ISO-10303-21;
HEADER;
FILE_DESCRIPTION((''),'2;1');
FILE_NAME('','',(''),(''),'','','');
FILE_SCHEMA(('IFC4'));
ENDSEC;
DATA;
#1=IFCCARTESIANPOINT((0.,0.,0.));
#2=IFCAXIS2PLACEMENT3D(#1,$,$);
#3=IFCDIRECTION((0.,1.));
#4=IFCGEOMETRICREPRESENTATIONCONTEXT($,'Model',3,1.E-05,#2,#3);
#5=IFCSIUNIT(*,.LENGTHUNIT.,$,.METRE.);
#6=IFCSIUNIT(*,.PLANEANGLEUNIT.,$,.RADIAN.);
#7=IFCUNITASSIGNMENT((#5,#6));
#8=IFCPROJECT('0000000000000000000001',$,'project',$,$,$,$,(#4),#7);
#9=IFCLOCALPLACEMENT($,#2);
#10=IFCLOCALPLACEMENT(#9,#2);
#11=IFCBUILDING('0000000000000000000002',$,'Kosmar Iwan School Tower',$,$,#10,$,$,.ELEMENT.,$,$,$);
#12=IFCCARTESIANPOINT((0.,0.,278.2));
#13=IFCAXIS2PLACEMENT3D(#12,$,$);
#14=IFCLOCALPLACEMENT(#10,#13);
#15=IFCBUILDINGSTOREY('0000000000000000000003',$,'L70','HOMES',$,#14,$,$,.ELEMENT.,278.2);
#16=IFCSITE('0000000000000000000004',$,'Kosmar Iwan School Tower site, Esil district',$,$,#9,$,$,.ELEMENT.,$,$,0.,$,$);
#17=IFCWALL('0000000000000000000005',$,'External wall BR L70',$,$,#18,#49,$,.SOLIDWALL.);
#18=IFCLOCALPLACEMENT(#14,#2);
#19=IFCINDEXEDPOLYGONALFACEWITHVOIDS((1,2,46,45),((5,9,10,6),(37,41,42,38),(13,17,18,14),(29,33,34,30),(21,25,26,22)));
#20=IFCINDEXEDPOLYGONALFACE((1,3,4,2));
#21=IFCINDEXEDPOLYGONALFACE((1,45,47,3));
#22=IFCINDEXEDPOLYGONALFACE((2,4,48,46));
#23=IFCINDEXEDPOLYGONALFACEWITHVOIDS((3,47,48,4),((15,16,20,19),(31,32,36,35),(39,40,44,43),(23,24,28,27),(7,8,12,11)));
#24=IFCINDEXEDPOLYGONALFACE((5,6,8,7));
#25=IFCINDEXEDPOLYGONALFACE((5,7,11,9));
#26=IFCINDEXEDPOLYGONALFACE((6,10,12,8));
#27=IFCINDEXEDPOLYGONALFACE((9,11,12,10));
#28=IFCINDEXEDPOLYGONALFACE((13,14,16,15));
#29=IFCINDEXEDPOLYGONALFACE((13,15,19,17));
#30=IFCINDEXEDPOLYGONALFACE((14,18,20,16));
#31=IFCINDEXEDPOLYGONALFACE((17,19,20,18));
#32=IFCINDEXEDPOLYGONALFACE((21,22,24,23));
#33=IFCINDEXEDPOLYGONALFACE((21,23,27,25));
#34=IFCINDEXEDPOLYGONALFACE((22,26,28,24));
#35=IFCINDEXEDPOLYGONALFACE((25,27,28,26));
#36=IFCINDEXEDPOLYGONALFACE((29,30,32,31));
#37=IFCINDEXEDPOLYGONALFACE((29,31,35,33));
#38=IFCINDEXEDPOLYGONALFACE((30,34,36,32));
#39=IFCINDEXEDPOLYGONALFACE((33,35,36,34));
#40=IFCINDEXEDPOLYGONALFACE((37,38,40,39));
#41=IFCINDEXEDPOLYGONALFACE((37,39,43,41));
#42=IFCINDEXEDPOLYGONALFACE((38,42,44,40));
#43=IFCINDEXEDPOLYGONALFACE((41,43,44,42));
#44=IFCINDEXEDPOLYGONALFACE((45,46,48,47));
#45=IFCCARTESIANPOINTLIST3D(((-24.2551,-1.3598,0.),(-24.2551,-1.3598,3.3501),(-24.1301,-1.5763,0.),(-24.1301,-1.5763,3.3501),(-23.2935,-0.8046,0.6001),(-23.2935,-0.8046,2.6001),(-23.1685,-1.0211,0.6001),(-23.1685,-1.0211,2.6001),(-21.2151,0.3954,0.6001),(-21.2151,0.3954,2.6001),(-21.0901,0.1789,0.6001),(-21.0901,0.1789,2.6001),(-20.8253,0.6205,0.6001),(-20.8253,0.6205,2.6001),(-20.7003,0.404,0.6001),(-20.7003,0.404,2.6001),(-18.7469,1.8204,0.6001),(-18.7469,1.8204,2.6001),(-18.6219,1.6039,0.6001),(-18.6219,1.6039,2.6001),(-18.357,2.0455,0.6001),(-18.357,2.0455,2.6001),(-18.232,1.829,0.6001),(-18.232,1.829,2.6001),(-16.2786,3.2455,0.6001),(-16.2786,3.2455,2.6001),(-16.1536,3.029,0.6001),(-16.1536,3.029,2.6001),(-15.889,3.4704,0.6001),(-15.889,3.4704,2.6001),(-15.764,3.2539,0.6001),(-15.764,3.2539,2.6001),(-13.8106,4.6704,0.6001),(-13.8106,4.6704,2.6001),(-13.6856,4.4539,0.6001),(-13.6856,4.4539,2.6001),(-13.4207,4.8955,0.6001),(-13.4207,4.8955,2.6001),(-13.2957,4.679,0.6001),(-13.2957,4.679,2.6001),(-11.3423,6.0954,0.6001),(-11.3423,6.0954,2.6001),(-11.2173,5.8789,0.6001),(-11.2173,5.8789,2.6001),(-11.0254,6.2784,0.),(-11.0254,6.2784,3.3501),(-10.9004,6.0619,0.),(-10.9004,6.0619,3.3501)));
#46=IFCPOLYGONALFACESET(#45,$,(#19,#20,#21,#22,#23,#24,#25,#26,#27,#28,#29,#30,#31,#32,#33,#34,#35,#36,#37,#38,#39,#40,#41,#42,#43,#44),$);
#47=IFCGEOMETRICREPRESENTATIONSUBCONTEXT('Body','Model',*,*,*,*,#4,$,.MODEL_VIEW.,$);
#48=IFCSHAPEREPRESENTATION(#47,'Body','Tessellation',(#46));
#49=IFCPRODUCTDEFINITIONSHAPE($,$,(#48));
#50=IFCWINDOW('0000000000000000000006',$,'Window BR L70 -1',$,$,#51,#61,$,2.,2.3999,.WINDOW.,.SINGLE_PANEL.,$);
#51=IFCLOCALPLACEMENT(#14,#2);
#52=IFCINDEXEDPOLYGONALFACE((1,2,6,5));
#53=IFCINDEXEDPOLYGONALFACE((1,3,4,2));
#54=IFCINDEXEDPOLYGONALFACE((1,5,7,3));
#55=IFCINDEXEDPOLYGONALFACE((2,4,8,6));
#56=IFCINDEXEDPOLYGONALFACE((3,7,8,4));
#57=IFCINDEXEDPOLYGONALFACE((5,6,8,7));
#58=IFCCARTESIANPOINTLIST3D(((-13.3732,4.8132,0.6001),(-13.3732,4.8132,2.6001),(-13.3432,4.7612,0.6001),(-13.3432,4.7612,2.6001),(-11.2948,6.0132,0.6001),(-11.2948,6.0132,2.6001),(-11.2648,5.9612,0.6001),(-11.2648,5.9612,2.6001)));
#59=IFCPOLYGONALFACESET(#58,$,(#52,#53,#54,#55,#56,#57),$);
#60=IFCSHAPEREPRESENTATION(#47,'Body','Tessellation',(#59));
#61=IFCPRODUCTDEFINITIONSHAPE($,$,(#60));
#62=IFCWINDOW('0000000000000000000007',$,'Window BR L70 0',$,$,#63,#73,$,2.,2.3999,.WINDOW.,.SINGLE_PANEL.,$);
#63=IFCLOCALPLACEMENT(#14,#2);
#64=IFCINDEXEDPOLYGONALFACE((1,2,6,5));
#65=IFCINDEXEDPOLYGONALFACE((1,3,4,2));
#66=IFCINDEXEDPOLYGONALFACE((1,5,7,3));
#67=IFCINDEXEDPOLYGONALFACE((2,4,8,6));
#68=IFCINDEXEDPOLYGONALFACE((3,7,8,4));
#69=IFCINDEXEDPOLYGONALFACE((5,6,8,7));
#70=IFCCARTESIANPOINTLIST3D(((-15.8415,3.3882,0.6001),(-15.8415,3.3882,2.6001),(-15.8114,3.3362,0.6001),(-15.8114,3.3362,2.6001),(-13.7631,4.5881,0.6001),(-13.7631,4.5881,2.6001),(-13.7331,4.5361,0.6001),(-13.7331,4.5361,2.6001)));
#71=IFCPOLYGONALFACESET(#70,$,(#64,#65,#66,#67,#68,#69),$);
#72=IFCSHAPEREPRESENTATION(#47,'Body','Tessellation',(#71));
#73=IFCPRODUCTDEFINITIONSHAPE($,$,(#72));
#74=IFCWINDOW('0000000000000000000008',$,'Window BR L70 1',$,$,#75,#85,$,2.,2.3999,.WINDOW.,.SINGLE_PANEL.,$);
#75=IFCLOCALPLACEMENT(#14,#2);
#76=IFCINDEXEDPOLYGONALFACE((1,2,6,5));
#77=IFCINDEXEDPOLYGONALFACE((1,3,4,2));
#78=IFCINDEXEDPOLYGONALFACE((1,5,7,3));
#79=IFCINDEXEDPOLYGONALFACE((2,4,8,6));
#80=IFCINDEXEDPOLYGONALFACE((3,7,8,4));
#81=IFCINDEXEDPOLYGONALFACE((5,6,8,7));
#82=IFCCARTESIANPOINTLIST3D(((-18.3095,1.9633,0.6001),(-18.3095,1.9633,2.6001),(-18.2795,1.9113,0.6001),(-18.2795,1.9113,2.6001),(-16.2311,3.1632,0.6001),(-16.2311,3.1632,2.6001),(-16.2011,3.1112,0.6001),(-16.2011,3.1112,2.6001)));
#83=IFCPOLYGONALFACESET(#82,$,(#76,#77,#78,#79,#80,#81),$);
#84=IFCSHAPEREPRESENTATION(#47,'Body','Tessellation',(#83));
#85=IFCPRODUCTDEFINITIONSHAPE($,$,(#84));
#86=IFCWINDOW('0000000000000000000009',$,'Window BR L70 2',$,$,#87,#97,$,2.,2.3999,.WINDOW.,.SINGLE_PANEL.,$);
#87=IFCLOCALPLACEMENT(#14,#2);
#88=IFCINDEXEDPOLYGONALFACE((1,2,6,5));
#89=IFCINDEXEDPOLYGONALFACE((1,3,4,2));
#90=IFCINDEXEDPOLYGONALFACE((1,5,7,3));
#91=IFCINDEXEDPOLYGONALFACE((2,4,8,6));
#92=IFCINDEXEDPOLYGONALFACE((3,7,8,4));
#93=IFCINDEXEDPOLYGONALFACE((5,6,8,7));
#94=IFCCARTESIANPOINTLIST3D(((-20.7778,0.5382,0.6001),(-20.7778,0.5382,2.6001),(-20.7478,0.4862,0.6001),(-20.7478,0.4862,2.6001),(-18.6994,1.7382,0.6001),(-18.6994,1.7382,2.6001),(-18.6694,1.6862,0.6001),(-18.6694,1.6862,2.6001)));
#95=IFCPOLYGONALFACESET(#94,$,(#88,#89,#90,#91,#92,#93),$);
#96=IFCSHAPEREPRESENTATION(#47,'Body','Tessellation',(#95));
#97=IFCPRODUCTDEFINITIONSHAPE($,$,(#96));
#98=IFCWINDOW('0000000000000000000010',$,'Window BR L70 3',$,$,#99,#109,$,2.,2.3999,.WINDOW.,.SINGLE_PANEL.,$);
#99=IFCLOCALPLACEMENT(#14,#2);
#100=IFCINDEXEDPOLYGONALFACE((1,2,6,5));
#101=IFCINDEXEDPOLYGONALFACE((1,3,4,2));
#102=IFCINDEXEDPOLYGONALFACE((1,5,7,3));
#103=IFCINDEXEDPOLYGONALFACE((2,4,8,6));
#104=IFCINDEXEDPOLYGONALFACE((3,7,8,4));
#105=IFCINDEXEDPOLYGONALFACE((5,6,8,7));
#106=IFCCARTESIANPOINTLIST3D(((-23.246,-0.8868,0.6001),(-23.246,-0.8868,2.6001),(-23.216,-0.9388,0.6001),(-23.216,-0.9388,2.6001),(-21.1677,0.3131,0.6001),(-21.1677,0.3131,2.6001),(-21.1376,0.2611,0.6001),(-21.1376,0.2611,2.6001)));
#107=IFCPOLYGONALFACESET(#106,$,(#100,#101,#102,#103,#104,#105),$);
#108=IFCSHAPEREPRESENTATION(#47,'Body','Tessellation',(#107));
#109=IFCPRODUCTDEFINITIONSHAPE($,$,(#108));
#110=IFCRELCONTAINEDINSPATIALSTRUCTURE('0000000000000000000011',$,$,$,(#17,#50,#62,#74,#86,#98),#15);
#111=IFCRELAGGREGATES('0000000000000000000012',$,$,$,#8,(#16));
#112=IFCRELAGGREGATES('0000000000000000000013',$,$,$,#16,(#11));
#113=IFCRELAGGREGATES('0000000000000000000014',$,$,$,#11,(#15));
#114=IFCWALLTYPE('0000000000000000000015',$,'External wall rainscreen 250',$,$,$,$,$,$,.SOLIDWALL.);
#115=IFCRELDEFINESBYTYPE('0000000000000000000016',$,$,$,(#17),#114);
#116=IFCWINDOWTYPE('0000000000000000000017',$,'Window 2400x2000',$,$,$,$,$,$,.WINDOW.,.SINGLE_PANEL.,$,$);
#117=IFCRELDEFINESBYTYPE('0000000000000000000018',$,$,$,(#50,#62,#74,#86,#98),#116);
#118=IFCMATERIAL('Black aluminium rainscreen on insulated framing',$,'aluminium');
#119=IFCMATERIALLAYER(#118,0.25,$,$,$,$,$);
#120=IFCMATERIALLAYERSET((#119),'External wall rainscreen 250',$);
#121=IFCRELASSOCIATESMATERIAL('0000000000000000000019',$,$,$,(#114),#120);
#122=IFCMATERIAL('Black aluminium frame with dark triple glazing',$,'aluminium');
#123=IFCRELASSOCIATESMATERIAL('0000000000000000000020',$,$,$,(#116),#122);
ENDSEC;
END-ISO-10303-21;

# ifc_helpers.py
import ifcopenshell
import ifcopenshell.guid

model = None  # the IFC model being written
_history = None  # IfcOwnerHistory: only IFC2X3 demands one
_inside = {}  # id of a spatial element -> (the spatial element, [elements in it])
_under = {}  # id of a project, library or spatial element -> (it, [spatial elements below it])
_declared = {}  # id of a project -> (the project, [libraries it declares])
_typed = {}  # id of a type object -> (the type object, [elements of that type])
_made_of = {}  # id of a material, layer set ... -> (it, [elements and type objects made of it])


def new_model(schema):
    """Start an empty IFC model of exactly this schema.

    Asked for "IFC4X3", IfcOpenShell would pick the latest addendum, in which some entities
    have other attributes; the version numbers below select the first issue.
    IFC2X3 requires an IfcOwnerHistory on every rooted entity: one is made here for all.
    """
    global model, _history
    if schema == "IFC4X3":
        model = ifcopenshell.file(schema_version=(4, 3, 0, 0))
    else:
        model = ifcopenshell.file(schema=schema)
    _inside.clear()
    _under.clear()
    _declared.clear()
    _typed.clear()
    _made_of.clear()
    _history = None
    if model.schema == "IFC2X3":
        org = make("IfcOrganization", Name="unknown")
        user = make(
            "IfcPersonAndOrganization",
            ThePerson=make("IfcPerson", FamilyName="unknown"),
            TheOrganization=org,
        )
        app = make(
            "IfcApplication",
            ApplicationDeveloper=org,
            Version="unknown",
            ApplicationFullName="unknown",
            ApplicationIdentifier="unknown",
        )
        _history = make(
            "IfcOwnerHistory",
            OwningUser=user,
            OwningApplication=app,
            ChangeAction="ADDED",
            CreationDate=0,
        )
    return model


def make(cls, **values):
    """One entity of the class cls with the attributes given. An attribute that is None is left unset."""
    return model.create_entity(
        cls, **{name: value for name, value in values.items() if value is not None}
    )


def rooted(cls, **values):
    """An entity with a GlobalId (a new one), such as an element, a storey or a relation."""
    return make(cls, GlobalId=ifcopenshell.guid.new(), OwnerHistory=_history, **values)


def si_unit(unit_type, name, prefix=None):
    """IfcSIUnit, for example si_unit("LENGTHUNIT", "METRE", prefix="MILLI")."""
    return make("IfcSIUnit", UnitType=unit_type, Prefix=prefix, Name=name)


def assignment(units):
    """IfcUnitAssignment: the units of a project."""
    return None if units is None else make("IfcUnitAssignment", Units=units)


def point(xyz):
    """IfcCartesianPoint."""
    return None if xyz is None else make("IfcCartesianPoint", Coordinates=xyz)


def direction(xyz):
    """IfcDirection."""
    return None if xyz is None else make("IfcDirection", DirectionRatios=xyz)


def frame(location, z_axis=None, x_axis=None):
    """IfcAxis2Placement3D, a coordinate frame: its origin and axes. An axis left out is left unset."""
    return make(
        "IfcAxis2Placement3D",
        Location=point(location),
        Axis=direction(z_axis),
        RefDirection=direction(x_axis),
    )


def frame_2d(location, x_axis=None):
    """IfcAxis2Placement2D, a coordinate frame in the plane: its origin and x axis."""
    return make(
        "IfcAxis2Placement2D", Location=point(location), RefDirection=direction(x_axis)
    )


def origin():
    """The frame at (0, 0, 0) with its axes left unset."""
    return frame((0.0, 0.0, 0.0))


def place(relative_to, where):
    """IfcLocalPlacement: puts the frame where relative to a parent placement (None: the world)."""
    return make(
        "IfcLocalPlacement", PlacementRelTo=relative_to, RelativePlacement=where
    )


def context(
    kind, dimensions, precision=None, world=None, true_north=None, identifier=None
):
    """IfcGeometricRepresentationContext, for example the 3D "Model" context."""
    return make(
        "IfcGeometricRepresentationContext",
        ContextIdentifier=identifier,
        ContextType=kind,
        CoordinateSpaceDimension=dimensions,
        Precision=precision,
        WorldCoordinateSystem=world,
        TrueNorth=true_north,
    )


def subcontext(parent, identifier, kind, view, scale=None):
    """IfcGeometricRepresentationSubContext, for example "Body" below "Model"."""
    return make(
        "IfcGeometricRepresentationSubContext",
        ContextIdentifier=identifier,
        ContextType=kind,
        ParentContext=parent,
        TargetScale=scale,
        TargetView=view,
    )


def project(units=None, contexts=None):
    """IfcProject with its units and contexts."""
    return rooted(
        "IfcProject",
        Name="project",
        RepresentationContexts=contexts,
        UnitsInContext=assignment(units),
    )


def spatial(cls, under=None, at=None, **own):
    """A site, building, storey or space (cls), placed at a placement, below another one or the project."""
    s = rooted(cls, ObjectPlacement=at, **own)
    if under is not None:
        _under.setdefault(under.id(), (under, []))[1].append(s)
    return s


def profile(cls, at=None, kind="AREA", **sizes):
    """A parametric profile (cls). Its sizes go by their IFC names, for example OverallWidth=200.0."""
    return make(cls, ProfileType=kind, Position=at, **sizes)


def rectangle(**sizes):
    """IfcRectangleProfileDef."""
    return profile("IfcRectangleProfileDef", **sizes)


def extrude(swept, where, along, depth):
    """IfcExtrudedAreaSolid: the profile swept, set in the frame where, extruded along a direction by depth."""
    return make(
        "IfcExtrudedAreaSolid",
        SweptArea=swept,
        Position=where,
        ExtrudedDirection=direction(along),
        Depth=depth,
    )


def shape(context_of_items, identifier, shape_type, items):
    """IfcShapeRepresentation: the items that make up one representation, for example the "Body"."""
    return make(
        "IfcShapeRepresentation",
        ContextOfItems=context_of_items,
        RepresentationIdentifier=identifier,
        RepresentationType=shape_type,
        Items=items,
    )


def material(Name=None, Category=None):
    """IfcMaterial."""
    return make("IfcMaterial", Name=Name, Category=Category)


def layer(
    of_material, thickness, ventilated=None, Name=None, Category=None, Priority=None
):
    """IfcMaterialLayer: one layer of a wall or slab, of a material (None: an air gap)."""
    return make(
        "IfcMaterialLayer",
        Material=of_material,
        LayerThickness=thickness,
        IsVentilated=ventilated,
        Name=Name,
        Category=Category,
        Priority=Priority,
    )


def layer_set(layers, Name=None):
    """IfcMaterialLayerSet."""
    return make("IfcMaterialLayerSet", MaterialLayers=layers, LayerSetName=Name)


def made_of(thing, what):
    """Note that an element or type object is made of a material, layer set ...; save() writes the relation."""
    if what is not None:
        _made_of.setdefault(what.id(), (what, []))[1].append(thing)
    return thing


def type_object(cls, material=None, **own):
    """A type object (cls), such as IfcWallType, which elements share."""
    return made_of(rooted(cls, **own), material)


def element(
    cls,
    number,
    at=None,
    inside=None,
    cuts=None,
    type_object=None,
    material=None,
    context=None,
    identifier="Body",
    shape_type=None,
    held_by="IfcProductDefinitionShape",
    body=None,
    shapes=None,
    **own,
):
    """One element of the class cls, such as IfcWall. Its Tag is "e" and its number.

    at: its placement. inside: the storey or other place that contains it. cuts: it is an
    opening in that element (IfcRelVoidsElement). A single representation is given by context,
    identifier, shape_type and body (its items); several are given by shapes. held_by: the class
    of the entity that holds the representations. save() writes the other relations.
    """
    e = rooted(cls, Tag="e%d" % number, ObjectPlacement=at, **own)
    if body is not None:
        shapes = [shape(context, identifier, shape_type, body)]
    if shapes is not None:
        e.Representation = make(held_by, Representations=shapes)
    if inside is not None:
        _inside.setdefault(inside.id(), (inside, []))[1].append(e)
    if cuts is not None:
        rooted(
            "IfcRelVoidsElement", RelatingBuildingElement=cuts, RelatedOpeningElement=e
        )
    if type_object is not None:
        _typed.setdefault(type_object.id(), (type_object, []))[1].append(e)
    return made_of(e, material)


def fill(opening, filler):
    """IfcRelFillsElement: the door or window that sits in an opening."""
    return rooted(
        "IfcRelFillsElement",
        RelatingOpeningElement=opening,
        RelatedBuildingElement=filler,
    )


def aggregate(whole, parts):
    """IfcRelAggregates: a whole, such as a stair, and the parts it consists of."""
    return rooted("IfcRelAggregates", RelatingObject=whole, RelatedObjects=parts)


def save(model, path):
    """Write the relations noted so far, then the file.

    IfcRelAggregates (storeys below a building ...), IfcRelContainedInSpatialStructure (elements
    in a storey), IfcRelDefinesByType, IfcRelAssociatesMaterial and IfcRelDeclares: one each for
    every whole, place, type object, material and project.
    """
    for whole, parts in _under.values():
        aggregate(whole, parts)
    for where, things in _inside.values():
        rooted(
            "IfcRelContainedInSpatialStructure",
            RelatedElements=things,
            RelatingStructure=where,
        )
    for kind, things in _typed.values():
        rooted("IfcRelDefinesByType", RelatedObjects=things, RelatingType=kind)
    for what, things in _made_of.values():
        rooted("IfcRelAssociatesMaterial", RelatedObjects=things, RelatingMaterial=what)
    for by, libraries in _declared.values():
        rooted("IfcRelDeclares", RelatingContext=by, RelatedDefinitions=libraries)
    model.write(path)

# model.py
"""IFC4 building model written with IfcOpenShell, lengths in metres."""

from ifc_helpers import new_model, si_unit, direction, frame, frame_2d, origin, place, context, subcontext, project, spatial, rectangle, extrude, material, layer, layer_set, type_object, element, fill, save


model = new_model("IFC4")

# Units and contexts
model_context = context("Model", 3, precision=1e-05, world=origin(), true_north=direction((0.0, 1.0)))
body_context = subcontext(model_context, "Body", "Model", "MODEL_VIEW")
ifc_project = project(units=[si_unit("LENGTHUNIT", "METRE"), si_unit("PLANEANGLEUNIT", "RADIAN")], contexts=[model_context])

# Site, building, storey
site_placement = place(None, origin())
site = spatial("IfcSite", under=ifc_project, at=site_placement, Name="Kosmar Iwan School Tower site, Esil district", CompositionType="ELEMENT", RefElevation=0.0)
building_placement = place(site_placement, origin())
building = spatial("IfcBuilding", under=site, at=building_placement, Name="Kosmar Iwan School Tower", CompositionType="ELEMENT")
storey_placement = place(building_placement, frame((0.0, 0.0, 278.2)))
storey = spatial("IfcBuildingStorey", under=building, at=storey_placement, Name="L70", Description="HOMES", CompositionType="ELEMENT", Elevation=278.2)

# Wall, openings, windows
ifc_material_1 = material(Name="Black aluminium rainscreen on insulated framing", Category="aluminium")
ifc_layer = layer(ifc_material_1, 0.25)
ifc_layer_set = layer_set([ifc_layer], Name="External wall rainscreen 250")
wall_type = type_object("IfcWallType", Name="External wall rainscreen 250", PredefinedType="SOLIDWALL", material=ifc_layer_set)
ifc_material_2 = material(Name="Black aluminium frame with dark triple glazing", Category="aluminium")
window_type = type_object("IfcWindowType", Name="Window 2400x2000", PartitioningType="SINGLE_PANEL", PredefinedType="WINDOW", material=ifc_material_2)
wall_1_placement = place(storey_placement, frame((-10.9629, 6.1702, 0.0), z_axis=(0.0, 0.0, 1.0), x_axis=(-0.866026, -0.5, 0.0)))
wall_1 = element("IfcWall", 1, at=wall_1_placement, inside=storey, type_object=wall_type, Name="External wall BR L70", PredefinedType="SOLIDWALL", context=body_context, shape_type="SweptSolid", body=[
    extrude(rectangle(XDim=15.2764, YDim=0.25, at=frame_2d((7.6382, 0.0))), origin(), (0.0, 0.0, 1.0), 3.3501),
])
opening_1_placement = place(wall_1_placement, frame((0.366, 0.0, 0.6001)))
opening_1 = element("IfcOpeningElement", 2, at=opening_1_placement, cuts=wall_1, PredefinedType="OPENING", context=body_context, shape_type="SweptSolid", body=[
    extrude(rectangle(XDim=2.3999, YDim=2.0, at=frame_2d((1.2, 1.0))), frame((0.0, 0.137, 0.0), z_axis=(0.0, -1.0, 0.0), x_axis=(1.0, 0.0, 0.0)), (0.0, 0.0, 1.0), 0.2739),
])
opening_2_placement = place(wall_1_placement, frame((3.2161, 0.0, 0.6001)))
opening_2 = element("IfcOpeningElement", 3, at=opening_2_placement, cuts=wall_1, PredefinedType="OPENING", context=body_context, shape_type="SweptSolid", body=[
    extrude(rectangle(XDim=2.3999, YDim=2.0, at=frame_2d((1.2, 1.0))), frame((0.0, 0.137, 0.0), z_axis=(0.0, -1.0, 0.0), x_axis=(1.0, 0.0, 0.0)), (0.0, 0.0, 1.0), 0.2739),
])
opening_3_placement = place(wall_1_placement, frame((6.0659, 0.0, 0.6001)))
opening_3 = element("IfcOpeningElement", 4, at=opening_3_placement, cuts=wall_1, PredefinedType="OPENING", context=body_context, shape_type="SweptSolid", body=[
    extrude(rectangle(XDim=2.3999, YDim=2.0, at=frame_2d((1.2, 1.0))), frame((0.0, 0.137, 0.0), z_axis=(0.0, -1.0, 0.0), x_axis=(1.0, 0.0, 0.0)), (0.0, 0.0, 1.0), 0.2739),
])
opening_4_placement = place(wall_1_placement, frame((8.916, 0.0, 0.6001)))
opening_4 = element("IfcOpeningElement", 5, at=opening_4_placement, cuts=wall_1, PredefinedType="OPENING", context=body_context, shape_type="SweptSolid", body=[
    extrude(rectangle(XDim=2.3999, YDim=2.0, at=frame_2d((1.2, 1.0))), frame((0.0, 0.137, 0.0), z_axis=(0.0, -1.0, 0.0), x_axis=(1.0, 0.0, 0.0)), (0.0, 0.0, 1.0), 0.2739),
])
opening_5_placement = place(wall_1_placement, frame((11.7661, 0.0, 0.6001)))
opening_5 = element("IfcOpeningElement", 6, at=opening_5_placement, cuts=wall_1, PredefinedType="OPENING", context=body_context, shape_type="SweptSolid", body=[
    extrude(rectangle(XDim=2.3999, YDim=2.0, at=frame_2d((1.2, 1.0))), frame((0.0, 0.137, 0.0), z_axis=(0.0, -1.0, 0.0), x_axis=(1.0, 0.0, 0.0)), (0.0, 0.0, 1.0), 0.2739),
])
window_1_placement = place(opening_1_placement, origin())
window_1 = element("IfcWindow", 7, at=window_1_placement, inside=storey, type_object=window_type, Name="Window BR L70 -1", OverallHeight=2.0, OverallWidth=2.3999, PartitioningType="SINGLE_PANEL", PredefinedType="WINDOW", context=body_context, shape_type="SweptSolid", body=[
    extrude(rectangle(XDim=2.3999, YDim=2.0, at=frame_2d((1.2, 1.0))), frame((0.0, 0.03, 0.0), z_axis=(0.0, -1.0, 0.0), x_axis=(1.0, 0.0, 0.0)), (0.0, 0.0, 1.0), 0.0601),
])
fill(opening_1, window_1)
window_2_placement = place(opening_2_placement, origin())
window_2 = element("IfcWindow", 8, at=window_2_placement, inside=storey, type_object=window_type, Name="Window BR L70 0", OverallHeight=2.0, OverallWidth=2.3999, PartitioningType="SINGLE_PANEL", PredefinedType="WINDOW", context=body_context, shape_type="SweptSolid", body=[
    extrude(rectangle(XDim=2.3999, YDim=2.0, at=frame_2d((1.2, 1.0))), frame((0.0, 0.03, 0.0), z_axis=(0.0, -1.0, 0.0), x_axis=(1.0, 0.0, 0.0)), (0.0, 0.0, 1.0), 0.0601),
])
fill(opening_2, window_2)
window_3_placement = place(opening_3_placement, origin())
window_3 = element("IfcWindow", 9, at=window_3_placement, inside=storey, type_object=window_type, Name="Window BR L70 1", OverallHeight=2.0, OverallWidth=2.3999, PartitioningType="SINGLE_PANEL", PredefinedType="WINDOW", context=body_context, shape_type="SweptSolid", body=[
    extrude(rectangle(XDim=2.3999, YDim=2.0, at=frame_2d((1.2, 1.0))), frame((0.0, 0.03, 0.0), z_axis=(0.0, -1.0, 0.0), x_axis=(1.0, 0.0, 0.0)), (0.0, 0.0, 1.0), 0.0601),
])
fill(opening_3, window_3)
window_4_placement = place(opening_4_placement, origin())
window_4 = element("IfcWindow", 10, at=window_4_placement, inside=storey, type_object=window_type, Name="Window BR L70 2", OverallHeight=2.0, OverallWidth=2.3999, PartitioningType="SINGLE_PANEL", PredefinedType="WINDOW", context=body_context, shape_type="SweptSolid", body=[
    extrude(rectangle(XDim=2.3999, YDim=2.0, at=frame_2d((1.2, 1.0))), frame((0.0, 0.03, 0.0), z_axis=(0.0, -1.0, 0.0), x_axis=(1.0, 0.0, 0.0)), (0.0, 0.0, 1.0), 0.0601),
])
fill(opening_4, window_4)
window_5_placement = place(opening_5_placement, origin())
window_5 = element("IfcWindow", 11, at=window_5_placement, inside=storey, type_object=window_type, Name="Window BR L70 3", OverallHeight=2.0, OverallWidth=2.3999, PartitioningType="SINGLE_PANEL", PredefinedType="WINDOW", context=body_context, shape_type="SweptSolid", body=[
    extrude(rectangle(XDim=2.3999, YDim=2.0, at=frame_2d((1.2, 1.0))), frame((0.0, 0.03, 0.0), z_axis=(0.0, -1.0, 0.0), x_axis=(1.0, 0.0, 0.0)), (0.0, 0.0, 1.0), 0.0601),
])
fill(opening_5, window_5)

save(model, "model.ifc")
